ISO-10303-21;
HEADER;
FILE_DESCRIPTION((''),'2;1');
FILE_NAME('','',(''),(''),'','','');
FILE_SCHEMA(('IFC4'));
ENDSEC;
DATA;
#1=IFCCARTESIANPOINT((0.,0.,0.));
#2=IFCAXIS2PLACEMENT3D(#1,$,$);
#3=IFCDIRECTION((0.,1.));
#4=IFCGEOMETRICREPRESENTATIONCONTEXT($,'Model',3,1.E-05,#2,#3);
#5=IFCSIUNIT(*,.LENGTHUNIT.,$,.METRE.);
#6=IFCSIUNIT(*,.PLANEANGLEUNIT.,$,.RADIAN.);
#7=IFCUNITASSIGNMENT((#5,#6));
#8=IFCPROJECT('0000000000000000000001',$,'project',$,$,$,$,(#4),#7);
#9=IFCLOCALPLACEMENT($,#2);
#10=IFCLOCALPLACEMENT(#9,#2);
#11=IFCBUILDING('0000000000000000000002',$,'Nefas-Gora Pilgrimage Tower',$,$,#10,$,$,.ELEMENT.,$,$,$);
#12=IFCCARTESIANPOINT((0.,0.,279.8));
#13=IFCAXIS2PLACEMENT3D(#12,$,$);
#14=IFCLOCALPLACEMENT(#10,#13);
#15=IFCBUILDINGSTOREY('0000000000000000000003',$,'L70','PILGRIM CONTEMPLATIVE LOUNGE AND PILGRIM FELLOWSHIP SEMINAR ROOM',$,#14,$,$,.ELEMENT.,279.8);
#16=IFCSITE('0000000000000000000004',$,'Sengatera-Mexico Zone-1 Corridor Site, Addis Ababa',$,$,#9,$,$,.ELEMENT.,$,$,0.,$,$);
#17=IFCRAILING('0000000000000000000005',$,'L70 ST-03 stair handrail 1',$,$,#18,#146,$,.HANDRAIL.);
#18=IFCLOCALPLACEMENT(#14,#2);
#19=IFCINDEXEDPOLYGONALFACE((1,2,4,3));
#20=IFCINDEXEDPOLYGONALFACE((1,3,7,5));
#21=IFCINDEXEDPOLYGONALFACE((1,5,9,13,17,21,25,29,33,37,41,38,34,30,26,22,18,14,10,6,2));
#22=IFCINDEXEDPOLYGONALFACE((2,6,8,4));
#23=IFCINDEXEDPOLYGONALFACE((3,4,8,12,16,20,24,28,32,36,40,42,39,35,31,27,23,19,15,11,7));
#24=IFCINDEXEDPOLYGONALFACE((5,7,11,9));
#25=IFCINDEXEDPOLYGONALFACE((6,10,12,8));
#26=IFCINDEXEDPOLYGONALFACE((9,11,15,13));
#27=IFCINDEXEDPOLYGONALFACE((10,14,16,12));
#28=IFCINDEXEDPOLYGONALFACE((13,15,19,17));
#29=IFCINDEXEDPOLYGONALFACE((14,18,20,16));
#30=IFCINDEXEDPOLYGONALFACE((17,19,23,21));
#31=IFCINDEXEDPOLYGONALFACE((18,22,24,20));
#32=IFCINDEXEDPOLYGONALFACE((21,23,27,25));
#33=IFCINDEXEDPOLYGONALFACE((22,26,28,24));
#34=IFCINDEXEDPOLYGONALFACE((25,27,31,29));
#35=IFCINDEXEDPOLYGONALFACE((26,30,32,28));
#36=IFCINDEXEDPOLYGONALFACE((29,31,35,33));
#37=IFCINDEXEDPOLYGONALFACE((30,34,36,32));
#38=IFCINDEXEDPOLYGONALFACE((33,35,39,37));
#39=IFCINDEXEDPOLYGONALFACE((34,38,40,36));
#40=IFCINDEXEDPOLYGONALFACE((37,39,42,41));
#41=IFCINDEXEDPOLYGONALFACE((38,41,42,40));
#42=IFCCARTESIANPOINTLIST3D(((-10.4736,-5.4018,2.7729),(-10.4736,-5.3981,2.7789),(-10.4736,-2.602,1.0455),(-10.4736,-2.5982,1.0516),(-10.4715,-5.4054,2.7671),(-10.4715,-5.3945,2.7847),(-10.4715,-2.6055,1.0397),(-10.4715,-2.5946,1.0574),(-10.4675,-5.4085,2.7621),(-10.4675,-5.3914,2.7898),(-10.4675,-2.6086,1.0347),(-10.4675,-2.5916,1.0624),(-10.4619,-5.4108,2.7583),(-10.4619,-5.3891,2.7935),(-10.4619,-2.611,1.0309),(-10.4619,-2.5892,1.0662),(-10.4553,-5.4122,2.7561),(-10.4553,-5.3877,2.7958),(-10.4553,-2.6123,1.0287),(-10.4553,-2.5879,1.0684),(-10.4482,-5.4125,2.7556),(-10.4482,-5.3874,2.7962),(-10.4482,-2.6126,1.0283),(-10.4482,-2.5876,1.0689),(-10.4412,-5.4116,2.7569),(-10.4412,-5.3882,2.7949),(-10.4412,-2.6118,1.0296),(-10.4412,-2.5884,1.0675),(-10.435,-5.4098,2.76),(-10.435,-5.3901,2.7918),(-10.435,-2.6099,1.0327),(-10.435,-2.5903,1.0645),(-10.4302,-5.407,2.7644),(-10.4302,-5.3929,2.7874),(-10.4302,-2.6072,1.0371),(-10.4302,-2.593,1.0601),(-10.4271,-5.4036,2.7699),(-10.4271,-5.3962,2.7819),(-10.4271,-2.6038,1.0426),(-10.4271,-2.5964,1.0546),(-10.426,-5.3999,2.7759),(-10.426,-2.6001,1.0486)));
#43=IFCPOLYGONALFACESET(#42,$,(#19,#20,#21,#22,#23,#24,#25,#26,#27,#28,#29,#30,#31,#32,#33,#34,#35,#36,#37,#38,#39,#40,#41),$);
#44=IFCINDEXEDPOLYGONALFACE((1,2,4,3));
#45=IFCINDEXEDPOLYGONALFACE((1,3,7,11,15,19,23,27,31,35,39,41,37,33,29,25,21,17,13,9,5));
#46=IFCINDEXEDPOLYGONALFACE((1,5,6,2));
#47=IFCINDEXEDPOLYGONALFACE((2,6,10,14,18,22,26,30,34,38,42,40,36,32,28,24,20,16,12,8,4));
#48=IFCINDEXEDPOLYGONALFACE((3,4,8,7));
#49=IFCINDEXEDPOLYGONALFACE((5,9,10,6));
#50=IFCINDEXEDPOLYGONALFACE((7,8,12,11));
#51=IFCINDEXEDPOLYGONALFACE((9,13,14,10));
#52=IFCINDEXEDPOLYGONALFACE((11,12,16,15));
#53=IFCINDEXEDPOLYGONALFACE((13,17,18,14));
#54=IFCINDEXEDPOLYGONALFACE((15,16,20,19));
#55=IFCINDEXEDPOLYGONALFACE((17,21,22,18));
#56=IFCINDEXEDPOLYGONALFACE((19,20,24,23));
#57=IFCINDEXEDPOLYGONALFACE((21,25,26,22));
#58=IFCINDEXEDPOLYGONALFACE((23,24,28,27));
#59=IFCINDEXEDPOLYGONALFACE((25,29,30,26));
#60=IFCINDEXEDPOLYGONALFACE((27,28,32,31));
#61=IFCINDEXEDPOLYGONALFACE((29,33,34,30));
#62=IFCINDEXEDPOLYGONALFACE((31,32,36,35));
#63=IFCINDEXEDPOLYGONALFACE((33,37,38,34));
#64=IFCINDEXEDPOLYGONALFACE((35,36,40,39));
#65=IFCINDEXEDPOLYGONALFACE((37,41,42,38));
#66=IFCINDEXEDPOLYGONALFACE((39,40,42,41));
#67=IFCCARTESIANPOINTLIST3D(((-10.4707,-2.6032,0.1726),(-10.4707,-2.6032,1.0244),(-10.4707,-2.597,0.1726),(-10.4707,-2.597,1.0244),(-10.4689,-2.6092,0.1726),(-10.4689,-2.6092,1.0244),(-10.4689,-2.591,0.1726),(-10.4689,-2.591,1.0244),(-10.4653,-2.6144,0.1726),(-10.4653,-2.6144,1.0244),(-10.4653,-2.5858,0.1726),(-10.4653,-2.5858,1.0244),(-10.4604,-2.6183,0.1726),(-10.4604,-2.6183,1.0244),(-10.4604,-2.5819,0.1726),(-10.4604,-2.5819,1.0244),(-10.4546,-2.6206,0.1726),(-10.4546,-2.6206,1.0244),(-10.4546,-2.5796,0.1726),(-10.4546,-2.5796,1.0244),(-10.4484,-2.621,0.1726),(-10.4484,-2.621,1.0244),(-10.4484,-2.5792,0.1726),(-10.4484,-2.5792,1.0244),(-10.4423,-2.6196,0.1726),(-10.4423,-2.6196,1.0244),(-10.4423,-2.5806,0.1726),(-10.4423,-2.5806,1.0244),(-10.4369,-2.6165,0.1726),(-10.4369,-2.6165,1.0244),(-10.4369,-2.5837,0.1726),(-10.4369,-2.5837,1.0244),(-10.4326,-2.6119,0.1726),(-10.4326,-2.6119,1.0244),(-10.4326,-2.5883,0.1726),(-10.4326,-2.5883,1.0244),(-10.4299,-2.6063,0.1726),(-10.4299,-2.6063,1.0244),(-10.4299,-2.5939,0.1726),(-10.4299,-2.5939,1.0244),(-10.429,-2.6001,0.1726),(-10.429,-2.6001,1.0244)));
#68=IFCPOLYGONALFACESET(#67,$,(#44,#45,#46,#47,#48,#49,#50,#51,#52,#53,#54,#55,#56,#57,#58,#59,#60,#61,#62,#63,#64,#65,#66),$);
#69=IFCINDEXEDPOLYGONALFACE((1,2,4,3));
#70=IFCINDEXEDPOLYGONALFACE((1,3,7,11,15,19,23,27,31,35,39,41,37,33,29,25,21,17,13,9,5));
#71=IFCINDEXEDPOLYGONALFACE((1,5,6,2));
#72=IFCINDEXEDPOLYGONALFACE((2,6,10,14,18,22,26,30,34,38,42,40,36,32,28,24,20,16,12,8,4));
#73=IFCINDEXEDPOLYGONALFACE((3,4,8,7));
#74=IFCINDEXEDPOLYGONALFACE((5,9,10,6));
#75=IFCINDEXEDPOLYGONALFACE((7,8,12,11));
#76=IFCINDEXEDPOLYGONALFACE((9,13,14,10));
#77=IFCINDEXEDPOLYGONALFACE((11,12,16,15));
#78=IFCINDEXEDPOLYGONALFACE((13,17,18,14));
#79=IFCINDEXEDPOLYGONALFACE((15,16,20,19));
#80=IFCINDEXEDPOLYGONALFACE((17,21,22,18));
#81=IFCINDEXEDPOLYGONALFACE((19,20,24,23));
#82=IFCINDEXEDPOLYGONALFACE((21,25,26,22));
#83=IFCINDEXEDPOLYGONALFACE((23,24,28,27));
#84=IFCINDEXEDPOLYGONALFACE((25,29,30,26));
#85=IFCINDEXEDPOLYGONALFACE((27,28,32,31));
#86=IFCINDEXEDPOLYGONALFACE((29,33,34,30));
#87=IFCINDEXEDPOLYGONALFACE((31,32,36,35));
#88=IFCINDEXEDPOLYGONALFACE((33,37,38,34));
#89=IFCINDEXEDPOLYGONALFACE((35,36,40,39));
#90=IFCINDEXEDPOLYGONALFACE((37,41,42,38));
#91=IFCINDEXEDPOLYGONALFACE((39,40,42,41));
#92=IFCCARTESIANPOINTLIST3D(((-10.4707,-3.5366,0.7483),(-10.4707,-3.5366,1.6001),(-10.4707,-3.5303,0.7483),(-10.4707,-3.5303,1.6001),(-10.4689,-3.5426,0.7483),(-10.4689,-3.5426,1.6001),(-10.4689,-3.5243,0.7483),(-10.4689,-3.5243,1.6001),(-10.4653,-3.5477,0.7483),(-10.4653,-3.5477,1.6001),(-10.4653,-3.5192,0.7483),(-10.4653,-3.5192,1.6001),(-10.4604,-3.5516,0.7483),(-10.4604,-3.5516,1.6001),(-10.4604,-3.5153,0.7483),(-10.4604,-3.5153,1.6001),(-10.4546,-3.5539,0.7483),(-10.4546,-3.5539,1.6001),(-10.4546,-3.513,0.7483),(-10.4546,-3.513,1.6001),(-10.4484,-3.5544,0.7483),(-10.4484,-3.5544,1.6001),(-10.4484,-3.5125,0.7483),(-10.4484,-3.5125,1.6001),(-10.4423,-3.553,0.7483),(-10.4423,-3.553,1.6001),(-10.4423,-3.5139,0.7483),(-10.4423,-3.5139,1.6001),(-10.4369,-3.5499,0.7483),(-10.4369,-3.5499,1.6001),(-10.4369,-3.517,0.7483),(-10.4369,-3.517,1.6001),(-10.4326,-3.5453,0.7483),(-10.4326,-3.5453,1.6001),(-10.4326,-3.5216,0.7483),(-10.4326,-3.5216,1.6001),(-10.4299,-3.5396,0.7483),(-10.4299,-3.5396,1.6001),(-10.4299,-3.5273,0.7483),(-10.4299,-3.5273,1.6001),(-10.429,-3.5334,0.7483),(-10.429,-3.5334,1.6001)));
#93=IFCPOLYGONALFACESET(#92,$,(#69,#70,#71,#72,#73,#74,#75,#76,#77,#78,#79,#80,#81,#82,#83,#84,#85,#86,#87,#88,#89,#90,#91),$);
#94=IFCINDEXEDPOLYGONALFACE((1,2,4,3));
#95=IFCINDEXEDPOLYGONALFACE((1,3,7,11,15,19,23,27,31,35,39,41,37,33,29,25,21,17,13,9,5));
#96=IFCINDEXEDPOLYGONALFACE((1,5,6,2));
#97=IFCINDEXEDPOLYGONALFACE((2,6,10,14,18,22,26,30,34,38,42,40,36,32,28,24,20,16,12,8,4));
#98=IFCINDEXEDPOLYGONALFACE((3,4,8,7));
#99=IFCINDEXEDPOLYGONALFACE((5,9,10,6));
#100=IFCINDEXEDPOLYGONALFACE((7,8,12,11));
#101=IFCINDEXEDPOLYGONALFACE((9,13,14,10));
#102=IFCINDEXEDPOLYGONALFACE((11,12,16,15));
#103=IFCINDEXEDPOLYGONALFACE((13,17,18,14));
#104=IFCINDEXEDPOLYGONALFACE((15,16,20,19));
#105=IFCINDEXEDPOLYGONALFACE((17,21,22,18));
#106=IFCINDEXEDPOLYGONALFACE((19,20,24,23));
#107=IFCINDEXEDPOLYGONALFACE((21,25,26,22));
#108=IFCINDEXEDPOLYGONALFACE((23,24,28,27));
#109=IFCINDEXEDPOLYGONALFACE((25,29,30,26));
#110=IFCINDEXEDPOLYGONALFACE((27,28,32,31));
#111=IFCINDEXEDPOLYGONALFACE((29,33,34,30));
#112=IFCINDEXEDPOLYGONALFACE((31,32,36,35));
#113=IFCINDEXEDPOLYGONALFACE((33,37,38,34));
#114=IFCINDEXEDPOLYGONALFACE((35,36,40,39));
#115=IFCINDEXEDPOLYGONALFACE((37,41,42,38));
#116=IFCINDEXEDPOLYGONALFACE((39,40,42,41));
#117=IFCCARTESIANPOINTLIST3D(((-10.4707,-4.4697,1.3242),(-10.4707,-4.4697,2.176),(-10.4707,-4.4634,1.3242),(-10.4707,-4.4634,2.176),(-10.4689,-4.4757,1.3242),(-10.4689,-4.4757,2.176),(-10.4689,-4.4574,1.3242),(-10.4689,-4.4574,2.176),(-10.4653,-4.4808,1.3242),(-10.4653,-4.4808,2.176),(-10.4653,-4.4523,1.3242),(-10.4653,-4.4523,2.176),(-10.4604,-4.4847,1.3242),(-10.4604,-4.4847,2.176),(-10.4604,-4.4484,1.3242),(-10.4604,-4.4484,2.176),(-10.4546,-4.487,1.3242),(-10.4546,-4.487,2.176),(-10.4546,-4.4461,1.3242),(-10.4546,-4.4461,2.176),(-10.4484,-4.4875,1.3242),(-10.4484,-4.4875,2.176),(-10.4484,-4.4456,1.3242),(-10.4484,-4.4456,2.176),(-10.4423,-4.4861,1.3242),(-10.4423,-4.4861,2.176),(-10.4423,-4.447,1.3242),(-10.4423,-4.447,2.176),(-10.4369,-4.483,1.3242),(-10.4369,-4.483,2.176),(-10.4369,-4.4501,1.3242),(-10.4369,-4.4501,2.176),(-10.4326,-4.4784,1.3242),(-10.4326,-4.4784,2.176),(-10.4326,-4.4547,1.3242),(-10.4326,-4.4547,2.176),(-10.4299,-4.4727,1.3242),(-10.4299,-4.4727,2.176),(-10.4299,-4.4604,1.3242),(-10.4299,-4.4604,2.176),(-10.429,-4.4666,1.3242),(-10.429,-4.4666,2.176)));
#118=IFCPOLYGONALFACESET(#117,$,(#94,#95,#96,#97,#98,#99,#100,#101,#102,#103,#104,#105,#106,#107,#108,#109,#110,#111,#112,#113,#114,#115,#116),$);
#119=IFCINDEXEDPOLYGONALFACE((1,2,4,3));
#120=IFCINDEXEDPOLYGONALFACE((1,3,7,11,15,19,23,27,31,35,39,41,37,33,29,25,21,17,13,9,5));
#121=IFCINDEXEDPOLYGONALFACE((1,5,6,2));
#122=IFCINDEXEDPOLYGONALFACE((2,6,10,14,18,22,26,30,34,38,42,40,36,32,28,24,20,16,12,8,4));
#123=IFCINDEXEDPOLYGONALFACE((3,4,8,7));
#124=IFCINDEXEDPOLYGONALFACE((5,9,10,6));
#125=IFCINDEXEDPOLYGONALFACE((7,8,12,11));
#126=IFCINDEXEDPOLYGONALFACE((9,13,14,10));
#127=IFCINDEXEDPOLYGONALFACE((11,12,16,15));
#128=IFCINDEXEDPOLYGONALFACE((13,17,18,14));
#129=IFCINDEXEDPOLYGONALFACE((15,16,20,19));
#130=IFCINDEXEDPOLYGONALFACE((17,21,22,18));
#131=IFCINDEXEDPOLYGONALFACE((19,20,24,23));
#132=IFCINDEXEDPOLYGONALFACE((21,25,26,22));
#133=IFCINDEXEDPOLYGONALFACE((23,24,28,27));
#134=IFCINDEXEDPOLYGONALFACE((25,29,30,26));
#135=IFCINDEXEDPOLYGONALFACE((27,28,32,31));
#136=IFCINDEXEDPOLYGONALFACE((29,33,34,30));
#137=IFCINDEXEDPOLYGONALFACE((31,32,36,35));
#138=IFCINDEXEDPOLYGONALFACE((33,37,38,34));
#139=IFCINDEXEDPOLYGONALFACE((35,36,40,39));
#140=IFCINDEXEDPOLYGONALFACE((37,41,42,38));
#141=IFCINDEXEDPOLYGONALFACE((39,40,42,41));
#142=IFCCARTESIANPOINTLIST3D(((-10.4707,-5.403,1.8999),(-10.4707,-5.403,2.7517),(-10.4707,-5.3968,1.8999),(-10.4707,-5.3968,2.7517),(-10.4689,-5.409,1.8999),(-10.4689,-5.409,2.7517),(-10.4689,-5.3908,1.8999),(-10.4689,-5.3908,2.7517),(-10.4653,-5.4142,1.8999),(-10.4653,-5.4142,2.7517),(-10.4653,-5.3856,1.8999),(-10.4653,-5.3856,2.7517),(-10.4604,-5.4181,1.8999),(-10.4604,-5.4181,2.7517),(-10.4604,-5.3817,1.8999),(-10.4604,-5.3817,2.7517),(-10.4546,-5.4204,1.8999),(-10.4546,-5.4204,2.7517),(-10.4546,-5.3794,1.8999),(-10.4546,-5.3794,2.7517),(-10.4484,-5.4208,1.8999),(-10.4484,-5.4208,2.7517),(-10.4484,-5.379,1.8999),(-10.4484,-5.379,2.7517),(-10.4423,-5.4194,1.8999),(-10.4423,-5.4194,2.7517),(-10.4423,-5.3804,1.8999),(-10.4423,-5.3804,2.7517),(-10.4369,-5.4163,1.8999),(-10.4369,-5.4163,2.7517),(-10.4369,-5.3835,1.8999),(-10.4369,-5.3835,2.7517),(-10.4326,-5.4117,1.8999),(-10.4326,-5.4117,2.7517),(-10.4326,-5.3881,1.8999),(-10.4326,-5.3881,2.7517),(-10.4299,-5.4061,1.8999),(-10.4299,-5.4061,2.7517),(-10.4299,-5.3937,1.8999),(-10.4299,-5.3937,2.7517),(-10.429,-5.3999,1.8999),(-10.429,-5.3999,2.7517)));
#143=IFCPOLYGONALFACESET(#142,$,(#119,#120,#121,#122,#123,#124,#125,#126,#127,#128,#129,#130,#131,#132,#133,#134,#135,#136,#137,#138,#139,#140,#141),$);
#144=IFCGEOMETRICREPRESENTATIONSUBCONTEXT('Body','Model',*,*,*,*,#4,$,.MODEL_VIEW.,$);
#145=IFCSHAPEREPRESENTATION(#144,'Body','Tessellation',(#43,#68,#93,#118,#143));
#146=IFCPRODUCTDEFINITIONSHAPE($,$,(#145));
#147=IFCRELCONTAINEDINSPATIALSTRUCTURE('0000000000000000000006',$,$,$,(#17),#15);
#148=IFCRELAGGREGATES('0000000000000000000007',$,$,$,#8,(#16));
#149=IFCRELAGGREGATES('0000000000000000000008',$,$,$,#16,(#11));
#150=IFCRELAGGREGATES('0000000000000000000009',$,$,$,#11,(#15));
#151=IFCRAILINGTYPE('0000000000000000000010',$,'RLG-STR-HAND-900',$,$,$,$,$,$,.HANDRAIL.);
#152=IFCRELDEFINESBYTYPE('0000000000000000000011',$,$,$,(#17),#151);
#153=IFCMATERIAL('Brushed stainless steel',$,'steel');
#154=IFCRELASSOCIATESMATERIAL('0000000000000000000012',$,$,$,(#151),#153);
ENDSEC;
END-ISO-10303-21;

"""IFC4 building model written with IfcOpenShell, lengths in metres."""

from ifc_helpers import new_model, si_unit, direction, frame, origin, origin_2d, place, context, subcontext, project, spatial, circle, extrude, material, type_object, element, save


model = new_model("IFC4")

# Units and contexts
model_context = context("Model", 3, precision=1e-05, world=origin(), true_north=direction((0.0, 1.0)))
body_context = subcontext(model_context, "Body", "Model", "MODEL_VIEW")
ifc_project = project(units=[si_unit("LENGTHUNIT", "METRE"), si_unit("PLANEANGLEUNIT", "RADIAN")], contexts=[model_context])

# Site, building, storey
site_placement = place(None, origin())
site = spatial("IfcSite", under=ifc_project, at=site_placement, Name="Sengatera-Mexico Zone-1 Corridor Site, Addis Ababa", CompositionType="ELEMENT", RefElevation=0.0)
building_placement = place(site_placement, origin())
building = spatial("IfcBuilding", under=site, at=building_placement, Name="Nefas-Gora Pilgrimage Tower", CompositionType="ELEMENT")
storey_placement = place(building_placement, frame((0.0, 0.0, 279.8)))
storey = spatial("IfcBuildingStorey", under=building, at=storey_placement, Name="L70", Description="PILGRIM CONTEMPLATIVE LOUNGE AND PILGRIM FELLOWSHIP SEMINAR ROOM", CompositionType="ELEMENT", Elevation=279.8)

# Railing
ifc_material_1 = material(Name="Brushed stainless steel", Category="steel")
railing_type_1 = type_object("IfcRailingType", Name="RLG-STR-HAND-900", PredefinedType="HANDRAIL", material=ifc_material_1)
railing_1_placement = place(storey_placement, frame((-10.45, -2.6001, 0.1726)))
element("IfcRailing", 1, at=railing_1_placement, inside=storey, type_object=railing_type_1, Name="L70 ST-03 stair handrail 1", PredefinedType="HANDRAIL", context=body_context, shape_type="SweptSolid", body=[
    extrude(circle(Radius=0.0239, at=origin_2d()), frame((0.0, 0.0, 0.876), z_axis=(0.0, -0.851069, 0.525054), x_axis=(1.0, 0.0, 0.0)), (0.0, 0.0, 1.0), 3.2898),
    extrude(circle(Radius=0.021, at=origin_2d()), origin(), (0.0, 0.0, 1.0), 0.8518),
    extrude(circle(Radius=0.021, at=origin_2d()), frame((0.0, -0.9333, 0.5757)), (0.0, 0.0, 1.0), 0.8518),
    extrude(circle(Radius=0.021, at=origin_2d()), frame((0.0, -1.8665, 1.1516)), (0.0, 0.0, 1.0), 0.8518),
    extrude(circle(Radius=0.021, at=origin_2d()), frame((0.0, -2.7998, 1.7273)), (0.0, 0.0, 1.0), 0.8518),
])

save(model, "model.ifc")
